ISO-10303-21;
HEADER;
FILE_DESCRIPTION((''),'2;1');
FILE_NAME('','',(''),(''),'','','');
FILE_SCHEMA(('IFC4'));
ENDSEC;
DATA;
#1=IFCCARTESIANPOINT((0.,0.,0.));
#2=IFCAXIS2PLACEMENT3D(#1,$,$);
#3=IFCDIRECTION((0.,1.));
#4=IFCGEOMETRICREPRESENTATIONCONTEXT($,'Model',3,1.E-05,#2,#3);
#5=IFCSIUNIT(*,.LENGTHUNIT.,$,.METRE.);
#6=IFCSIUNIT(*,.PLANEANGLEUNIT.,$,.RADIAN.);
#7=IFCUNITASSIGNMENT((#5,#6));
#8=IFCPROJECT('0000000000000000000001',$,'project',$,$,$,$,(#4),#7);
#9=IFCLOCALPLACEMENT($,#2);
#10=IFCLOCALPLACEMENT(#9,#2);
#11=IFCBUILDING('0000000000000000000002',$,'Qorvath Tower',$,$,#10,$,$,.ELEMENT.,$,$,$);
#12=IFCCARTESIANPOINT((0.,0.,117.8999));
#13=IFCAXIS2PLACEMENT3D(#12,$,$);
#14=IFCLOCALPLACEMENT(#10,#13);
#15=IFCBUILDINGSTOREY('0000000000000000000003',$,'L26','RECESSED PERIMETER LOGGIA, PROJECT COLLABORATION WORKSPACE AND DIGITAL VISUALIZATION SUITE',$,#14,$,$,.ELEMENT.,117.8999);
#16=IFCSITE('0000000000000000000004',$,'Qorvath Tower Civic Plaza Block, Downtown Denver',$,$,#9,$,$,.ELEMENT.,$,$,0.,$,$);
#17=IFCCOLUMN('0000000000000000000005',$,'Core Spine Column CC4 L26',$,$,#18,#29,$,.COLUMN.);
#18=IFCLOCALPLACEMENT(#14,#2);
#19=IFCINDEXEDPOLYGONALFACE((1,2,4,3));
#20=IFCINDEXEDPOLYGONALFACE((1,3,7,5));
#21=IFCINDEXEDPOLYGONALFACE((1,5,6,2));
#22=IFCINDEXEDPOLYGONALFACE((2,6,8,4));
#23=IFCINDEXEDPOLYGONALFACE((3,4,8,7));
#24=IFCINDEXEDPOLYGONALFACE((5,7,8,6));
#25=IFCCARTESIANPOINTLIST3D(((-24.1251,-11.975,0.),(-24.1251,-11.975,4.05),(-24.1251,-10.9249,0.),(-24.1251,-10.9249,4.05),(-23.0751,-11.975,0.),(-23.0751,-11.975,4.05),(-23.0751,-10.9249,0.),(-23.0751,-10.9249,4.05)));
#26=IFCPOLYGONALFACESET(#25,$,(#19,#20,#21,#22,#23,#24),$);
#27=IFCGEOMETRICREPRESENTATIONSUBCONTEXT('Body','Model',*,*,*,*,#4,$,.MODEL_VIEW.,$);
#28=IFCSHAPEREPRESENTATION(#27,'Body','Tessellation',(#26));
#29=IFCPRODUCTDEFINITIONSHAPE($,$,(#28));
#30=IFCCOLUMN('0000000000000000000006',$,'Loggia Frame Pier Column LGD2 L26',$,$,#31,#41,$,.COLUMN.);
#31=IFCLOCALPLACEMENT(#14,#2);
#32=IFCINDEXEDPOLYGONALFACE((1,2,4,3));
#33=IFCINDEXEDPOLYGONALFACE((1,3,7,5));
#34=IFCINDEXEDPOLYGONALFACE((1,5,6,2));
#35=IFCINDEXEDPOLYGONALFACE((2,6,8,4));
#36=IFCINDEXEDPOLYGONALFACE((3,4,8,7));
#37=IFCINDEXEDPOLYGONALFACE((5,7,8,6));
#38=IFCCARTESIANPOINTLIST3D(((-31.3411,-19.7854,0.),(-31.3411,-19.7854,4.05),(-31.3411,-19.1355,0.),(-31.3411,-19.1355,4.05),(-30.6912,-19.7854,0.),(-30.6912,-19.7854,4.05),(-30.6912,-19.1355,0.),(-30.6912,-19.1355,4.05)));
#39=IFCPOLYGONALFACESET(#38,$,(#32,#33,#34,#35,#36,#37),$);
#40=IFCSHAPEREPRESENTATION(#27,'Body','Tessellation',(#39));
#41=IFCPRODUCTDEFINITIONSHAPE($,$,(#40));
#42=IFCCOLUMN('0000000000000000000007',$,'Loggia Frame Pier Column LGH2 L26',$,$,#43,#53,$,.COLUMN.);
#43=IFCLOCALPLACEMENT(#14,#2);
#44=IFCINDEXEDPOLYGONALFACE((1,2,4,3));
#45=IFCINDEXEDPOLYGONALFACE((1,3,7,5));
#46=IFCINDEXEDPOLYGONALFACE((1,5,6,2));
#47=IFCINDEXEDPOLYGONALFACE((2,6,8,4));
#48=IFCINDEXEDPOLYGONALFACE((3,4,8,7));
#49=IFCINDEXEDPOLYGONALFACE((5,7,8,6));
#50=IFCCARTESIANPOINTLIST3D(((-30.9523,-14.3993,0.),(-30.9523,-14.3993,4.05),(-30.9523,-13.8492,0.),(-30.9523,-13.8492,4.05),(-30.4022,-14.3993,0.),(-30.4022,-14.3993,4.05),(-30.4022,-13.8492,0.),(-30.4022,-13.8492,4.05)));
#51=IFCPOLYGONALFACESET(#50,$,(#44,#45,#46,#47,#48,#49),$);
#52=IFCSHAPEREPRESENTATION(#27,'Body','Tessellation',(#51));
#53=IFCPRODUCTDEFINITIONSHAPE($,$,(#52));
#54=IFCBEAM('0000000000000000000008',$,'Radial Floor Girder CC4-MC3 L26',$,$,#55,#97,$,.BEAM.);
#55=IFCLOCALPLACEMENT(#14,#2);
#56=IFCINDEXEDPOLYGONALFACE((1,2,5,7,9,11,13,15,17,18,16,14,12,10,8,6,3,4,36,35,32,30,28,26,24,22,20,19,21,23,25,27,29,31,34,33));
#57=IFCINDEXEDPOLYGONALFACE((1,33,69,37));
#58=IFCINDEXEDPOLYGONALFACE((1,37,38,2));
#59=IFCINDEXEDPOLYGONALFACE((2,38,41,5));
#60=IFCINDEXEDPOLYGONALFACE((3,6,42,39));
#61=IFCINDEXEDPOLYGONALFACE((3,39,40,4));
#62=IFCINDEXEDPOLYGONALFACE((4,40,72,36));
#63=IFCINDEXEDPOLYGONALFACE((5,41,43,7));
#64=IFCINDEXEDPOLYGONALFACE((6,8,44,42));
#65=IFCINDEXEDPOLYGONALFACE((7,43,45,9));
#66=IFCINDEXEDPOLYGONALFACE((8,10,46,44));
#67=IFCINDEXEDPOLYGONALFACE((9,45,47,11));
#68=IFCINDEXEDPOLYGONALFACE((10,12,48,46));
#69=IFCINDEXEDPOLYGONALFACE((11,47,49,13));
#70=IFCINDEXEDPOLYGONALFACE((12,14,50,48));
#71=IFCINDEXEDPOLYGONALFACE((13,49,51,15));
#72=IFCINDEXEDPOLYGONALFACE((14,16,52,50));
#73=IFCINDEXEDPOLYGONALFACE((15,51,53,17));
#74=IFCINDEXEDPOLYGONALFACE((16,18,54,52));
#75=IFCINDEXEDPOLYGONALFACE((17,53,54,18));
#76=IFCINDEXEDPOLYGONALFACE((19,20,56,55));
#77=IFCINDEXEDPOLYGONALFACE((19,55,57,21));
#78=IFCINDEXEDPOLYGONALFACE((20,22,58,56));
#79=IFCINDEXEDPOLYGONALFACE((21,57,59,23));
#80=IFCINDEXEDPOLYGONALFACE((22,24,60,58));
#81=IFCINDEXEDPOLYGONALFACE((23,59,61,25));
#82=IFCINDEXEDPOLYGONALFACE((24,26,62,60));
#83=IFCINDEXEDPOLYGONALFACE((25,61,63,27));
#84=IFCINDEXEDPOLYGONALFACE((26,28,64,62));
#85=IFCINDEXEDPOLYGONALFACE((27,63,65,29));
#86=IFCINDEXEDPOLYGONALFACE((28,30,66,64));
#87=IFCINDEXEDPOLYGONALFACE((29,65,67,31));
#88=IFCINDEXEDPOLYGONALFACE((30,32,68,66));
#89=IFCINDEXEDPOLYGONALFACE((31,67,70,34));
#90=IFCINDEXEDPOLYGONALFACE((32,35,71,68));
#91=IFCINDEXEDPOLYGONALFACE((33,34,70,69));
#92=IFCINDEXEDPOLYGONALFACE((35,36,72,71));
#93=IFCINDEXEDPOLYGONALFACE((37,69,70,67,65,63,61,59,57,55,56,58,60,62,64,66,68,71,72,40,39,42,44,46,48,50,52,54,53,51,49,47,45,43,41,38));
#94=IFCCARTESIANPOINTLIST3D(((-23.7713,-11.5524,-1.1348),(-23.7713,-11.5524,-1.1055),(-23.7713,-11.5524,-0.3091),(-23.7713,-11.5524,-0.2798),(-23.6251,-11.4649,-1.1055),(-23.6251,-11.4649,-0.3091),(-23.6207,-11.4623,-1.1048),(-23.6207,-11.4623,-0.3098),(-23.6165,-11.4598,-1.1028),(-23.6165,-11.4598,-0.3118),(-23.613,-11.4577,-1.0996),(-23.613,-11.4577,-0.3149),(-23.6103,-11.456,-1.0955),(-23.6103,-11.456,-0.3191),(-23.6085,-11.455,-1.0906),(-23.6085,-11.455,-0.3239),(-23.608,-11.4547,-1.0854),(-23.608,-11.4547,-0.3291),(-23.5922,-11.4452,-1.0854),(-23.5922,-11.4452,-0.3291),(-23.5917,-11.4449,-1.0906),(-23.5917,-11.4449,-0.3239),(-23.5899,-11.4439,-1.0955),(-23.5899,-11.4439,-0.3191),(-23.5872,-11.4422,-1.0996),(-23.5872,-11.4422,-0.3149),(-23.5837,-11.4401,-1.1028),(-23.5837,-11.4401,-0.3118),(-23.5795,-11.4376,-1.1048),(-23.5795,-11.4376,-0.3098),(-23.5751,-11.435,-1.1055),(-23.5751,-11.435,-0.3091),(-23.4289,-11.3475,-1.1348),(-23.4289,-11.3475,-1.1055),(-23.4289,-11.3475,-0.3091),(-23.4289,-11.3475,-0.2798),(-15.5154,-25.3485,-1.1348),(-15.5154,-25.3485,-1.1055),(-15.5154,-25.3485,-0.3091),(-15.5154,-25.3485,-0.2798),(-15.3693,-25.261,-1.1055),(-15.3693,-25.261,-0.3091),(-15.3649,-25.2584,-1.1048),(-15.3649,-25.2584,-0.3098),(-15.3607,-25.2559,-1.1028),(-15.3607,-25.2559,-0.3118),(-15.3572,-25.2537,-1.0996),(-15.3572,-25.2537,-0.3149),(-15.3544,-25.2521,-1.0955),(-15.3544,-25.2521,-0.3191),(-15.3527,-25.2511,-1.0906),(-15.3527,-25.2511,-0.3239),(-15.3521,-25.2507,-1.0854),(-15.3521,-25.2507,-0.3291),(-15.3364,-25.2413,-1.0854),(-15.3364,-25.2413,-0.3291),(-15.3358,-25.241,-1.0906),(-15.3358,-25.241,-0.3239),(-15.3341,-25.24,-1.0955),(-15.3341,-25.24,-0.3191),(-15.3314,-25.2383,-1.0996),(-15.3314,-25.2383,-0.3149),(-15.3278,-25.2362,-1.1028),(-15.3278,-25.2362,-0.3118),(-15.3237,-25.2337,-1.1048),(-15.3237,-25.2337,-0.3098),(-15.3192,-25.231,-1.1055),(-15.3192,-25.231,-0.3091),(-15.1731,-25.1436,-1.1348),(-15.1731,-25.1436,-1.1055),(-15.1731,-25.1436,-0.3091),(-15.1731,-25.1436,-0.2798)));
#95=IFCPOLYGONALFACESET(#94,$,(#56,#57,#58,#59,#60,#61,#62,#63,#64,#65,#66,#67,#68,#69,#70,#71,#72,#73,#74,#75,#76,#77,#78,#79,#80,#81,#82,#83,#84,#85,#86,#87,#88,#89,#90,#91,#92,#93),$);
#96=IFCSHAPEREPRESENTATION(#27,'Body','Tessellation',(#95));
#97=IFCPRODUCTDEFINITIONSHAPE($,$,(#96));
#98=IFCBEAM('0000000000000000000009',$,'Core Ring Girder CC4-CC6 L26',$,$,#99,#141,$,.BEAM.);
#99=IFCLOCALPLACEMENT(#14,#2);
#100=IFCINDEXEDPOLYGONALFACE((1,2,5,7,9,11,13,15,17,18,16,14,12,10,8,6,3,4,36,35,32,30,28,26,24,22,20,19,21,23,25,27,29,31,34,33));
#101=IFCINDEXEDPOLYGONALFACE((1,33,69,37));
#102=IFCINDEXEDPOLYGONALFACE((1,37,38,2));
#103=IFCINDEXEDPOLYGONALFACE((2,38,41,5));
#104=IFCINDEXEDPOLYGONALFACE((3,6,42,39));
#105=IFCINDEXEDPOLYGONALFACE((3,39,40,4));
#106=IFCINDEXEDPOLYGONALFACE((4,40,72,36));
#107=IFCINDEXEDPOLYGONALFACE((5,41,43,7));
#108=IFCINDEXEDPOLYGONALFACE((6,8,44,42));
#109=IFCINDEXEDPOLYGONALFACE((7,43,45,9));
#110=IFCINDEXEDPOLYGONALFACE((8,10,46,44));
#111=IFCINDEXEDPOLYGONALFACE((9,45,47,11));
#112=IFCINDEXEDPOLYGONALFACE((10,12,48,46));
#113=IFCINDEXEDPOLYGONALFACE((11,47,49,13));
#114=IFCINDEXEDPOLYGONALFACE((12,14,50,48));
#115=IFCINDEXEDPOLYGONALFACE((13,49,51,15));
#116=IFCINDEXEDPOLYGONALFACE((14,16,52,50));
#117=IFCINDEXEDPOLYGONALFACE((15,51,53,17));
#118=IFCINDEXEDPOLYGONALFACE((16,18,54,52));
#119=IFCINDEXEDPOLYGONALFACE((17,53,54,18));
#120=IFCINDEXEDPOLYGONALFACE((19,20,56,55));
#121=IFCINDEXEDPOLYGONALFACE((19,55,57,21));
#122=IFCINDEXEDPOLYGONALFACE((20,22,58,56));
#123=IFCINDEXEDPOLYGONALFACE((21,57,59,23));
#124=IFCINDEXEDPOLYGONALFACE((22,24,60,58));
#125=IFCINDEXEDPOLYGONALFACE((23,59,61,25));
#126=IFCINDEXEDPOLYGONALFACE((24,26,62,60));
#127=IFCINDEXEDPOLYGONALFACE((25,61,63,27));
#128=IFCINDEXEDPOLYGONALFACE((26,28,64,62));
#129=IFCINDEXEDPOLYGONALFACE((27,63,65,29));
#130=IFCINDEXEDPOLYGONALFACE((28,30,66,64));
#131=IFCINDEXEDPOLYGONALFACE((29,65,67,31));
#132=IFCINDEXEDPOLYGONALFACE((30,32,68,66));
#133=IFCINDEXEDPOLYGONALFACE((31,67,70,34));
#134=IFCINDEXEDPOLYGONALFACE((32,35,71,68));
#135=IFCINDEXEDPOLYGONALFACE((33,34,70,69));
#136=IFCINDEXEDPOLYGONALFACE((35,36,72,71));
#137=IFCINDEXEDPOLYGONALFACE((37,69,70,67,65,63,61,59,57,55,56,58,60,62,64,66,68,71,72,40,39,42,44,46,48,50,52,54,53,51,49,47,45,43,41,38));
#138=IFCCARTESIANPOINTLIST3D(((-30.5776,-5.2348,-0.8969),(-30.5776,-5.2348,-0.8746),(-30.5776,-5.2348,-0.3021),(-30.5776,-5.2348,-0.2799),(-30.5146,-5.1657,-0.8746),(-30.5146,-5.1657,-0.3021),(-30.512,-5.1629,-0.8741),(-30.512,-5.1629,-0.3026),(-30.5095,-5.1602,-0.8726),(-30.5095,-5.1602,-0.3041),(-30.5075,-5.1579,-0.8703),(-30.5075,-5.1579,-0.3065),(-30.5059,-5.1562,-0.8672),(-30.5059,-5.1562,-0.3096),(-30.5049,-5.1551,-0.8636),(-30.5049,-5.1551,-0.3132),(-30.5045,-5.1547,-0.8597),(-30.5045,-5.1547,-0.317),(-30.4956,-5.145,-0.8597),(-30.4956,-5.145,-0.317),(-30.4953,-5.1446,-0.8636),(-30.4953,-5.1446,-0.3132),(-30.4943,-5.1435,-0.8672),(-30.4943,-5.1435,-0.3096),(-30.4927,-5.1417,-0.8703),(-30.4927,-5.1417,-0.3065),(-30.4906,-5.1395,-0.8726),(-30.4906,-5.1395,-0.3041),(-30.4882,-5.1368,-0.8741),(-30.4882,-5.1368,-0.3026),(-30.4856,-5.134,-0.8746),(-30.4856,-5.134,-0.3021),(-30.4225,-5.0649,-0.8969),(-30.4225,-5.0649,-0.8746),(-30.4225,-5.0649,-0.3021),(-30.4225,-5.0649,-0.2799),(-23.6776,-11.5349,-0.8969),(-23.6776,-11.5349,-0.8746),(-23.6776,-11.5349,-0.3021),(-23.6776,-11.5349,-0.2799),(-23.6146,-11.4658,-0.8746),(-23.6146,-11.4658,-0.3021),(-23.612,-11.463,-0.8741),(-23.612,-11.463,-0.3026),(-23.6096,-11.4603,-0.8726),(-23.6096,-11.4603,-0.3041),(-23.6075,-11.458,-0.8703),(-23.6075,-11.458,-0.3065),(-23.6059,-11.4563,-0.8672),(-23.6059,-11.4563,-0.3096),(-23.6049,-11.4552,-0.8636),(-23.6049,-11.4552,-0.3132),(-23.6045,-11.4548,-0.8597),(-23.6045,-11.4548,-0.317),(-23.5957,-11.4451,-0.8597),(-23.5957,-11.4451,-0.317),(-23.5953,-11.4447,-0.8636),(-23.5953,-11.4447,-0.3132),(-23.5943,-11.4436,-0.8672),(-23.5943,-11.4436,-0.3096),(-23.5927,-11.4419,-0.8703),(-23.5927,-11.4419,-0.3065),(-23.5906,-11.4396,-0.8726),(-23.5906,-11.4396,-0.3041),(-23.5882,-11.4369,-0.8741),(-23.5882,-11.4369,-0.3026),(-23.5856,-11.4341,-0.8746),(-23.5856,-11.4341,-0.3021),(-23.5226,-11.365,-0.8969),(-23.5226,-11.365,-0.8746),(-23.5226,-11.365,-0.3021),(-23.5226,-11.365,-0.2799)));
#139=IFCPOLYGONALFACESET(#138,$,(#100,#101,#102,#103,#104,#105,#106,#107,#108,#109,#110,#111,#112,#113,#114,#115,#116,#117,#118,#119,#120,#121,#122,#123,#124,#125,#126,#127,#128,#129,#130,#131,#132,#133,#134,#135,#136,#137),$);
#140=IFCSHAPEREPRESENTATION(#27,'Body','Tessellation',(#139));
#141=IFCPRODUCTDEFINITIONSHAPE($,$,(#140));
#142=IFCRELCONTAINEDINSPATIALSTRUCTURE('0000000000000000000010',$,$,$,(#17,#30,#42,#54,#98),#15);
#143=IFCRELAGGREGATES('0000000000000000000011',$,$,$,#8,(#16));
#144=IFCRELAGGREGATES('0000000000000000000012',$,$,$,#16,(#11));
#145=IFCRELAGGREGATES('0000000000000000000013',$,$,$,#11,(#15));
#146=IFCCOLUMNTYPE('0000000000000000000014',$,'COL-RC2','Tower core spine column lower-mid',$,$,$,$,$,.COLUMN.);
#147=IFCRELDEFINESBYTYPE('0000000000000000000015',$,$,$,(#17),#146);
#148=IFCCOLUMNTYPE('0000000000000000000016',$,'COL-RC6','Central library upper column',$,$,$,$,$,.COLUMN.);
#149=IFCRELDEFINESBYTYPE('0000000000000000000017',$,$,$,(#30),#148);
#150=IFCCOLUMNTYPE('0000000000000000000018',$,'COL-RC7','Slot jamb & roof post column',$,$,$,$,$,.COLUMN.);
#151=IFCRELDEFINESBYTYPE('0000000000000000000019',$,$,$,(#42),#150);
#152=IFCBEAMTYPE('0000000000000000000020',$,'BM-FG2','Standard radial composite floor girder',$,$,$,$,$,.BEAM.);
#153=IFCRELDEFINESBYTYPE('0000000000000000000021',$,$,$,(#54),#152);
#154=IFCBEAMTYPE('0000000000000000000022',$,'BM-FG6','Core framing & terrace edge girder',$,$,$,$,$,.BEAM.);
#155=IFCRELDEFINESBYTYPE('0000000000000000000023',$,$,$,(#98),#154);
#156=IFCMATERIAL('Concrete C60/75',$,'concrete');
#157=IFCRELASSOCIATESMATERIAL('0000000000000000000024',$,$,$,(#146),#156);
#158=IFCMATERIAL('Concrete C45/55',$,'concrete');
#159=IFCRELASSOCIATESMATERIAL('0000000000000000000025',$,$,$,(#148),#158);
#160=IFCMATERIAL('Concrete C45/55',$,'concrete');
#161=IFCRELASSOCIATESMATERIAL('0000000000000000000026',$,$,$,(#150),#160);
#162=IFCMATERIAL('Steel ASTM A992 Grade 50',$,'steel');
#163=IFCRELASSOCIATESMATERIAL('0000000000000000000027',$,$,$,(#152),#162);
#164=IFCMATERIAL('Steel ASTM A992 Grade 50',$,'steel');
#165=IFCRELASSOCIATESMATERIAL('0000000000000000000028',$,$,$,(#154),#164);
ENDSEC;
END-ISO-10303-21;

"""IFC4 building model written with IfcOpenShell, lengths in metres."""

from ifc_helpers import new_model, si_unit, direction, frame, origin, origin_2d, place, context, subcontext, project, spatial, rectangle, i_section, extrude, material, material_profile, profile_set, type_object, element, save


model = new_model("IFC4")

# Units and contexts
model_context = context("Model", 3, precision=1e-05, world=origin(), true_north=direction((0.0, 1.0)))
body_context = subcontext(model_context, "Body", "Model", "MODEL_VIEW")
ifc_project = project(units=[si_unit("LENGTHUNIT", "METRE"), si_unit("PLANEANGLEUNIT", "RADIAN")], contexts=[model_context])

# Site, building, storey
site_placement = place(None, origin())
site = spatial("IfcSite", under=ifc_project, at=site_placement, Name="Qorvath Tower Civic Plaza Block, Downtown Denver", CompositionType="ELEMENT", RefElevation=0.0)
building_placement = place(site_placement, origin())
building = spatial("IfcBuilding", under=site, at=building_placement, Name="Qorvath Tower", CompositionType="ELEMENT")
storey_placement = place(building_placement, frame((0.0, 0.0, 117.8999)))
storey = spatial("IfcBuildingStorey", under=building, at=storey_placement, Name="L26", Description="RECESSED PERIMETER LOGGIA, PROJECT COLLABORATION WORKSPACE AND DIGITAL VISUALIZATION SUITE", CompositionType="ELEMENT", Elevation=117.8999)

# Columns
ifc_material_1 = material(Name="Concrete C60/75", Category="concrete")
ifc_material_profile_1 = material_profile(ifc_material_1, rectangle(XDim=1.05, YDim=1.05, at=origin_2d()), Name="RC 1050x1050")
ifc_profile_set_1 = profile_set([ifc_material_profile_1], Name="Concrete C60/75")
column_type_1 = type_object("IfcColumnType", Name="COL-RC2", Description="Tower core spine column lower-mid", PredefinedType="COLUMN", material=ifc_profile_set_1)
column_1_placement = place(storey_placement, frame((-23.6001, -11.45, 0.0), z_axis=(0.0, 0.0, 1.0), x_axis=(1.0, 0.0, 0.0)))
element("IfcColumn", 1, at=column_1_placement, inside=storey, type_object=column_type_1, Name="Core Spine Column CC4 L26", PredefinedType="COLUMN", context=body_context, shape_type="SweptSolid", body=[
    extrude(rectangle(XDim=1.05, YDim=1.05, at=origin_2d()), origin(), (0.0, 0.0, 1.0), 4.05),
])
ifc_material_2 = material(Name="Concrete C45/55", Category="concrete")
ifc_material_profile_2 = material_profile(ifc_material_2, rectangle(XDim=0.6499, YDim=0.6499, at=origin_2d()), Name="RC 650x650")
ifc_profile_set_2 = profile_set([ifc_material_profile_2], Name="Concrete C45/55")
column_type_2 = type_object("IfcColumnType", Name="COL-RC6", Description="Central library upper column", PredefinedType="COLUMN", material=ifc_profile_set_2)
column_2_placement = place(storey_placement, frame((-31.0161, -19.4604, 0.0), z_axis=(0.0, 0.0, 1.0), x_axis=(1.0, 0.0, 0.0)))
element("IfcColumn", 2, at=column_2_placement, inside=storey, type_object=column_type_2, Name="Loggia Frame Pier Column LGD2 L26", PredefinedType="COLUMN", context=body_context, shape_type="SweptSolid", body=[
    extrude(rectangle(XDim=0.6499, YDim=0.6499, at=origin_2d()), origin(), (0.0, 0.0, 1.0), 4.05),
])
ifc_material_3 = material(Name="Concrete C45/55", Category="concrete")
ifc_material_profile_3 = material_profile(ifc_material_3, rectangle(XDim=0.55, YDim=0.55, at=origin_2d()), Name="RC 550x550")
ifc_profile_set_3 = profile_set([ifc_material_profile_3], Name="Concrete C45/55")
column_type_3 = type_object("IfcColumnType", Name="COL-RC7", Description="Slot jamb & roof post column", PredefinedType="COLUMN", material=ifc_profile_set_3)
column_3_placement = place(storey_placement, frame((-30.6772, -14.1243, 0.0), z_axis=(0.0, 0.0, 1.0), x_axis=(1.0, 0.0, 0.0)))
element("IfcColumn", 3, at=column_3_placement, inside=storey, type_object=column_type_3, Name="Loggia Frame Pier Column LGH2 L26", PredefinedType="COLUMN", context=body_context, shape_type="SweptSolid", body=[
    extrude(rectangle(XDim=0.55, YDim=0.55, at=origin_2d()), origin(), (0.0, 0.0, 1.0), 4.05),
])

# Beams
ifc_material_4 = material(Name="Steel ASTM A992 Grade 50", Category="steel")
ifc_material_profile_4 = material_profile(ifc_material_4, i_section(OverallWidth=0.3989, OverallDepth=0.855, WebThickness=0.0183, FlangeThickness=0.0293, FilletRadius=0.02, at=origin_2d()), Name="W33x201")
ifc_profile_set_4 = profile_set([ifc_material_profile_4], Name="Steel ASTM A992 Grade 50")
beam_type_1 = type_object("IfcBeamType", Name="BM-FG2", Description="Standard radial composite floor girder", PredefinedType="BEAM", material=ifc_profile_set_4)
beam_1_placement = place(storey_placement, frame((-23.6001, -11.45, -0.7073), z_axis=(0.513497, -0.858091, 0.0), x_axis=(0.858091, 0.513497, 0.0)))
element("IfcBeam", 4, at=beam_1_placement, inside=storey, type_object=beam_type_1, Name="Radial Floor Girder CC4-MC3 L26", PredefinedType="BEAM", context=body_context, shape_type="SweptSolid", body=[
    extrude(i_section(OverallWidth=0.3989, OverallDepth=0.855, WebThickness=0.0183, FlangeThickness=0.0293, FilletRadius=0.02, at=origin_2d()), origin(), (0.0, 0.0, 1.0), 16.0776),
])
ifc_material_5 = material(Name="Steel ASTM A992 Grade 50", Category="steel")
ifc_material_profile_5 = material_profile(ifc_material_5, i_section(OverallWidth=0.23, OverallDepth=0.6169, WebThickness=0.0132, FlangeThickness=0.0222, FilletRadius=0.0149, at=origin_2d()), Name="W24x94")
ifc_profile_set_5 = profile_set([ifc_material_profile_5], Name="Steel ASTM A992 Grade 50")
beam_type_2 = type_object("IfcBeamType", Name="BM-FG6", Description="Core framing & terrace edge girder", PredefinedType="BEAM", material=ifc_profile_set_5)
beam_2_placement = place(storey_placement, frame((-23.6001, -11.45, -0.5884), z_axis=(-0.738478, 0.674277, 0.0), x_axis=(-0.674277, -0.738478, 0.0)))
element("IfcBeam", 5, at=beam_2_placement, inside=storey, type_object=beam_type_2, Name="Core Ring Girder CC4-CC6 L26", PredefinedType="BEAM", context=body_context, shape_type="SweptSolid", body=[
    extrude(i_section(OverallWidth=0.23, OverallDepth=0.6169, WebThickness=0.0132, FlangeThickness=0.0222, FilletRadius=0.0149, at=origin_2d()), origin(), (0.0, 0.0, 1.0), 9.3435),
])

save(model, "model.ifc")
